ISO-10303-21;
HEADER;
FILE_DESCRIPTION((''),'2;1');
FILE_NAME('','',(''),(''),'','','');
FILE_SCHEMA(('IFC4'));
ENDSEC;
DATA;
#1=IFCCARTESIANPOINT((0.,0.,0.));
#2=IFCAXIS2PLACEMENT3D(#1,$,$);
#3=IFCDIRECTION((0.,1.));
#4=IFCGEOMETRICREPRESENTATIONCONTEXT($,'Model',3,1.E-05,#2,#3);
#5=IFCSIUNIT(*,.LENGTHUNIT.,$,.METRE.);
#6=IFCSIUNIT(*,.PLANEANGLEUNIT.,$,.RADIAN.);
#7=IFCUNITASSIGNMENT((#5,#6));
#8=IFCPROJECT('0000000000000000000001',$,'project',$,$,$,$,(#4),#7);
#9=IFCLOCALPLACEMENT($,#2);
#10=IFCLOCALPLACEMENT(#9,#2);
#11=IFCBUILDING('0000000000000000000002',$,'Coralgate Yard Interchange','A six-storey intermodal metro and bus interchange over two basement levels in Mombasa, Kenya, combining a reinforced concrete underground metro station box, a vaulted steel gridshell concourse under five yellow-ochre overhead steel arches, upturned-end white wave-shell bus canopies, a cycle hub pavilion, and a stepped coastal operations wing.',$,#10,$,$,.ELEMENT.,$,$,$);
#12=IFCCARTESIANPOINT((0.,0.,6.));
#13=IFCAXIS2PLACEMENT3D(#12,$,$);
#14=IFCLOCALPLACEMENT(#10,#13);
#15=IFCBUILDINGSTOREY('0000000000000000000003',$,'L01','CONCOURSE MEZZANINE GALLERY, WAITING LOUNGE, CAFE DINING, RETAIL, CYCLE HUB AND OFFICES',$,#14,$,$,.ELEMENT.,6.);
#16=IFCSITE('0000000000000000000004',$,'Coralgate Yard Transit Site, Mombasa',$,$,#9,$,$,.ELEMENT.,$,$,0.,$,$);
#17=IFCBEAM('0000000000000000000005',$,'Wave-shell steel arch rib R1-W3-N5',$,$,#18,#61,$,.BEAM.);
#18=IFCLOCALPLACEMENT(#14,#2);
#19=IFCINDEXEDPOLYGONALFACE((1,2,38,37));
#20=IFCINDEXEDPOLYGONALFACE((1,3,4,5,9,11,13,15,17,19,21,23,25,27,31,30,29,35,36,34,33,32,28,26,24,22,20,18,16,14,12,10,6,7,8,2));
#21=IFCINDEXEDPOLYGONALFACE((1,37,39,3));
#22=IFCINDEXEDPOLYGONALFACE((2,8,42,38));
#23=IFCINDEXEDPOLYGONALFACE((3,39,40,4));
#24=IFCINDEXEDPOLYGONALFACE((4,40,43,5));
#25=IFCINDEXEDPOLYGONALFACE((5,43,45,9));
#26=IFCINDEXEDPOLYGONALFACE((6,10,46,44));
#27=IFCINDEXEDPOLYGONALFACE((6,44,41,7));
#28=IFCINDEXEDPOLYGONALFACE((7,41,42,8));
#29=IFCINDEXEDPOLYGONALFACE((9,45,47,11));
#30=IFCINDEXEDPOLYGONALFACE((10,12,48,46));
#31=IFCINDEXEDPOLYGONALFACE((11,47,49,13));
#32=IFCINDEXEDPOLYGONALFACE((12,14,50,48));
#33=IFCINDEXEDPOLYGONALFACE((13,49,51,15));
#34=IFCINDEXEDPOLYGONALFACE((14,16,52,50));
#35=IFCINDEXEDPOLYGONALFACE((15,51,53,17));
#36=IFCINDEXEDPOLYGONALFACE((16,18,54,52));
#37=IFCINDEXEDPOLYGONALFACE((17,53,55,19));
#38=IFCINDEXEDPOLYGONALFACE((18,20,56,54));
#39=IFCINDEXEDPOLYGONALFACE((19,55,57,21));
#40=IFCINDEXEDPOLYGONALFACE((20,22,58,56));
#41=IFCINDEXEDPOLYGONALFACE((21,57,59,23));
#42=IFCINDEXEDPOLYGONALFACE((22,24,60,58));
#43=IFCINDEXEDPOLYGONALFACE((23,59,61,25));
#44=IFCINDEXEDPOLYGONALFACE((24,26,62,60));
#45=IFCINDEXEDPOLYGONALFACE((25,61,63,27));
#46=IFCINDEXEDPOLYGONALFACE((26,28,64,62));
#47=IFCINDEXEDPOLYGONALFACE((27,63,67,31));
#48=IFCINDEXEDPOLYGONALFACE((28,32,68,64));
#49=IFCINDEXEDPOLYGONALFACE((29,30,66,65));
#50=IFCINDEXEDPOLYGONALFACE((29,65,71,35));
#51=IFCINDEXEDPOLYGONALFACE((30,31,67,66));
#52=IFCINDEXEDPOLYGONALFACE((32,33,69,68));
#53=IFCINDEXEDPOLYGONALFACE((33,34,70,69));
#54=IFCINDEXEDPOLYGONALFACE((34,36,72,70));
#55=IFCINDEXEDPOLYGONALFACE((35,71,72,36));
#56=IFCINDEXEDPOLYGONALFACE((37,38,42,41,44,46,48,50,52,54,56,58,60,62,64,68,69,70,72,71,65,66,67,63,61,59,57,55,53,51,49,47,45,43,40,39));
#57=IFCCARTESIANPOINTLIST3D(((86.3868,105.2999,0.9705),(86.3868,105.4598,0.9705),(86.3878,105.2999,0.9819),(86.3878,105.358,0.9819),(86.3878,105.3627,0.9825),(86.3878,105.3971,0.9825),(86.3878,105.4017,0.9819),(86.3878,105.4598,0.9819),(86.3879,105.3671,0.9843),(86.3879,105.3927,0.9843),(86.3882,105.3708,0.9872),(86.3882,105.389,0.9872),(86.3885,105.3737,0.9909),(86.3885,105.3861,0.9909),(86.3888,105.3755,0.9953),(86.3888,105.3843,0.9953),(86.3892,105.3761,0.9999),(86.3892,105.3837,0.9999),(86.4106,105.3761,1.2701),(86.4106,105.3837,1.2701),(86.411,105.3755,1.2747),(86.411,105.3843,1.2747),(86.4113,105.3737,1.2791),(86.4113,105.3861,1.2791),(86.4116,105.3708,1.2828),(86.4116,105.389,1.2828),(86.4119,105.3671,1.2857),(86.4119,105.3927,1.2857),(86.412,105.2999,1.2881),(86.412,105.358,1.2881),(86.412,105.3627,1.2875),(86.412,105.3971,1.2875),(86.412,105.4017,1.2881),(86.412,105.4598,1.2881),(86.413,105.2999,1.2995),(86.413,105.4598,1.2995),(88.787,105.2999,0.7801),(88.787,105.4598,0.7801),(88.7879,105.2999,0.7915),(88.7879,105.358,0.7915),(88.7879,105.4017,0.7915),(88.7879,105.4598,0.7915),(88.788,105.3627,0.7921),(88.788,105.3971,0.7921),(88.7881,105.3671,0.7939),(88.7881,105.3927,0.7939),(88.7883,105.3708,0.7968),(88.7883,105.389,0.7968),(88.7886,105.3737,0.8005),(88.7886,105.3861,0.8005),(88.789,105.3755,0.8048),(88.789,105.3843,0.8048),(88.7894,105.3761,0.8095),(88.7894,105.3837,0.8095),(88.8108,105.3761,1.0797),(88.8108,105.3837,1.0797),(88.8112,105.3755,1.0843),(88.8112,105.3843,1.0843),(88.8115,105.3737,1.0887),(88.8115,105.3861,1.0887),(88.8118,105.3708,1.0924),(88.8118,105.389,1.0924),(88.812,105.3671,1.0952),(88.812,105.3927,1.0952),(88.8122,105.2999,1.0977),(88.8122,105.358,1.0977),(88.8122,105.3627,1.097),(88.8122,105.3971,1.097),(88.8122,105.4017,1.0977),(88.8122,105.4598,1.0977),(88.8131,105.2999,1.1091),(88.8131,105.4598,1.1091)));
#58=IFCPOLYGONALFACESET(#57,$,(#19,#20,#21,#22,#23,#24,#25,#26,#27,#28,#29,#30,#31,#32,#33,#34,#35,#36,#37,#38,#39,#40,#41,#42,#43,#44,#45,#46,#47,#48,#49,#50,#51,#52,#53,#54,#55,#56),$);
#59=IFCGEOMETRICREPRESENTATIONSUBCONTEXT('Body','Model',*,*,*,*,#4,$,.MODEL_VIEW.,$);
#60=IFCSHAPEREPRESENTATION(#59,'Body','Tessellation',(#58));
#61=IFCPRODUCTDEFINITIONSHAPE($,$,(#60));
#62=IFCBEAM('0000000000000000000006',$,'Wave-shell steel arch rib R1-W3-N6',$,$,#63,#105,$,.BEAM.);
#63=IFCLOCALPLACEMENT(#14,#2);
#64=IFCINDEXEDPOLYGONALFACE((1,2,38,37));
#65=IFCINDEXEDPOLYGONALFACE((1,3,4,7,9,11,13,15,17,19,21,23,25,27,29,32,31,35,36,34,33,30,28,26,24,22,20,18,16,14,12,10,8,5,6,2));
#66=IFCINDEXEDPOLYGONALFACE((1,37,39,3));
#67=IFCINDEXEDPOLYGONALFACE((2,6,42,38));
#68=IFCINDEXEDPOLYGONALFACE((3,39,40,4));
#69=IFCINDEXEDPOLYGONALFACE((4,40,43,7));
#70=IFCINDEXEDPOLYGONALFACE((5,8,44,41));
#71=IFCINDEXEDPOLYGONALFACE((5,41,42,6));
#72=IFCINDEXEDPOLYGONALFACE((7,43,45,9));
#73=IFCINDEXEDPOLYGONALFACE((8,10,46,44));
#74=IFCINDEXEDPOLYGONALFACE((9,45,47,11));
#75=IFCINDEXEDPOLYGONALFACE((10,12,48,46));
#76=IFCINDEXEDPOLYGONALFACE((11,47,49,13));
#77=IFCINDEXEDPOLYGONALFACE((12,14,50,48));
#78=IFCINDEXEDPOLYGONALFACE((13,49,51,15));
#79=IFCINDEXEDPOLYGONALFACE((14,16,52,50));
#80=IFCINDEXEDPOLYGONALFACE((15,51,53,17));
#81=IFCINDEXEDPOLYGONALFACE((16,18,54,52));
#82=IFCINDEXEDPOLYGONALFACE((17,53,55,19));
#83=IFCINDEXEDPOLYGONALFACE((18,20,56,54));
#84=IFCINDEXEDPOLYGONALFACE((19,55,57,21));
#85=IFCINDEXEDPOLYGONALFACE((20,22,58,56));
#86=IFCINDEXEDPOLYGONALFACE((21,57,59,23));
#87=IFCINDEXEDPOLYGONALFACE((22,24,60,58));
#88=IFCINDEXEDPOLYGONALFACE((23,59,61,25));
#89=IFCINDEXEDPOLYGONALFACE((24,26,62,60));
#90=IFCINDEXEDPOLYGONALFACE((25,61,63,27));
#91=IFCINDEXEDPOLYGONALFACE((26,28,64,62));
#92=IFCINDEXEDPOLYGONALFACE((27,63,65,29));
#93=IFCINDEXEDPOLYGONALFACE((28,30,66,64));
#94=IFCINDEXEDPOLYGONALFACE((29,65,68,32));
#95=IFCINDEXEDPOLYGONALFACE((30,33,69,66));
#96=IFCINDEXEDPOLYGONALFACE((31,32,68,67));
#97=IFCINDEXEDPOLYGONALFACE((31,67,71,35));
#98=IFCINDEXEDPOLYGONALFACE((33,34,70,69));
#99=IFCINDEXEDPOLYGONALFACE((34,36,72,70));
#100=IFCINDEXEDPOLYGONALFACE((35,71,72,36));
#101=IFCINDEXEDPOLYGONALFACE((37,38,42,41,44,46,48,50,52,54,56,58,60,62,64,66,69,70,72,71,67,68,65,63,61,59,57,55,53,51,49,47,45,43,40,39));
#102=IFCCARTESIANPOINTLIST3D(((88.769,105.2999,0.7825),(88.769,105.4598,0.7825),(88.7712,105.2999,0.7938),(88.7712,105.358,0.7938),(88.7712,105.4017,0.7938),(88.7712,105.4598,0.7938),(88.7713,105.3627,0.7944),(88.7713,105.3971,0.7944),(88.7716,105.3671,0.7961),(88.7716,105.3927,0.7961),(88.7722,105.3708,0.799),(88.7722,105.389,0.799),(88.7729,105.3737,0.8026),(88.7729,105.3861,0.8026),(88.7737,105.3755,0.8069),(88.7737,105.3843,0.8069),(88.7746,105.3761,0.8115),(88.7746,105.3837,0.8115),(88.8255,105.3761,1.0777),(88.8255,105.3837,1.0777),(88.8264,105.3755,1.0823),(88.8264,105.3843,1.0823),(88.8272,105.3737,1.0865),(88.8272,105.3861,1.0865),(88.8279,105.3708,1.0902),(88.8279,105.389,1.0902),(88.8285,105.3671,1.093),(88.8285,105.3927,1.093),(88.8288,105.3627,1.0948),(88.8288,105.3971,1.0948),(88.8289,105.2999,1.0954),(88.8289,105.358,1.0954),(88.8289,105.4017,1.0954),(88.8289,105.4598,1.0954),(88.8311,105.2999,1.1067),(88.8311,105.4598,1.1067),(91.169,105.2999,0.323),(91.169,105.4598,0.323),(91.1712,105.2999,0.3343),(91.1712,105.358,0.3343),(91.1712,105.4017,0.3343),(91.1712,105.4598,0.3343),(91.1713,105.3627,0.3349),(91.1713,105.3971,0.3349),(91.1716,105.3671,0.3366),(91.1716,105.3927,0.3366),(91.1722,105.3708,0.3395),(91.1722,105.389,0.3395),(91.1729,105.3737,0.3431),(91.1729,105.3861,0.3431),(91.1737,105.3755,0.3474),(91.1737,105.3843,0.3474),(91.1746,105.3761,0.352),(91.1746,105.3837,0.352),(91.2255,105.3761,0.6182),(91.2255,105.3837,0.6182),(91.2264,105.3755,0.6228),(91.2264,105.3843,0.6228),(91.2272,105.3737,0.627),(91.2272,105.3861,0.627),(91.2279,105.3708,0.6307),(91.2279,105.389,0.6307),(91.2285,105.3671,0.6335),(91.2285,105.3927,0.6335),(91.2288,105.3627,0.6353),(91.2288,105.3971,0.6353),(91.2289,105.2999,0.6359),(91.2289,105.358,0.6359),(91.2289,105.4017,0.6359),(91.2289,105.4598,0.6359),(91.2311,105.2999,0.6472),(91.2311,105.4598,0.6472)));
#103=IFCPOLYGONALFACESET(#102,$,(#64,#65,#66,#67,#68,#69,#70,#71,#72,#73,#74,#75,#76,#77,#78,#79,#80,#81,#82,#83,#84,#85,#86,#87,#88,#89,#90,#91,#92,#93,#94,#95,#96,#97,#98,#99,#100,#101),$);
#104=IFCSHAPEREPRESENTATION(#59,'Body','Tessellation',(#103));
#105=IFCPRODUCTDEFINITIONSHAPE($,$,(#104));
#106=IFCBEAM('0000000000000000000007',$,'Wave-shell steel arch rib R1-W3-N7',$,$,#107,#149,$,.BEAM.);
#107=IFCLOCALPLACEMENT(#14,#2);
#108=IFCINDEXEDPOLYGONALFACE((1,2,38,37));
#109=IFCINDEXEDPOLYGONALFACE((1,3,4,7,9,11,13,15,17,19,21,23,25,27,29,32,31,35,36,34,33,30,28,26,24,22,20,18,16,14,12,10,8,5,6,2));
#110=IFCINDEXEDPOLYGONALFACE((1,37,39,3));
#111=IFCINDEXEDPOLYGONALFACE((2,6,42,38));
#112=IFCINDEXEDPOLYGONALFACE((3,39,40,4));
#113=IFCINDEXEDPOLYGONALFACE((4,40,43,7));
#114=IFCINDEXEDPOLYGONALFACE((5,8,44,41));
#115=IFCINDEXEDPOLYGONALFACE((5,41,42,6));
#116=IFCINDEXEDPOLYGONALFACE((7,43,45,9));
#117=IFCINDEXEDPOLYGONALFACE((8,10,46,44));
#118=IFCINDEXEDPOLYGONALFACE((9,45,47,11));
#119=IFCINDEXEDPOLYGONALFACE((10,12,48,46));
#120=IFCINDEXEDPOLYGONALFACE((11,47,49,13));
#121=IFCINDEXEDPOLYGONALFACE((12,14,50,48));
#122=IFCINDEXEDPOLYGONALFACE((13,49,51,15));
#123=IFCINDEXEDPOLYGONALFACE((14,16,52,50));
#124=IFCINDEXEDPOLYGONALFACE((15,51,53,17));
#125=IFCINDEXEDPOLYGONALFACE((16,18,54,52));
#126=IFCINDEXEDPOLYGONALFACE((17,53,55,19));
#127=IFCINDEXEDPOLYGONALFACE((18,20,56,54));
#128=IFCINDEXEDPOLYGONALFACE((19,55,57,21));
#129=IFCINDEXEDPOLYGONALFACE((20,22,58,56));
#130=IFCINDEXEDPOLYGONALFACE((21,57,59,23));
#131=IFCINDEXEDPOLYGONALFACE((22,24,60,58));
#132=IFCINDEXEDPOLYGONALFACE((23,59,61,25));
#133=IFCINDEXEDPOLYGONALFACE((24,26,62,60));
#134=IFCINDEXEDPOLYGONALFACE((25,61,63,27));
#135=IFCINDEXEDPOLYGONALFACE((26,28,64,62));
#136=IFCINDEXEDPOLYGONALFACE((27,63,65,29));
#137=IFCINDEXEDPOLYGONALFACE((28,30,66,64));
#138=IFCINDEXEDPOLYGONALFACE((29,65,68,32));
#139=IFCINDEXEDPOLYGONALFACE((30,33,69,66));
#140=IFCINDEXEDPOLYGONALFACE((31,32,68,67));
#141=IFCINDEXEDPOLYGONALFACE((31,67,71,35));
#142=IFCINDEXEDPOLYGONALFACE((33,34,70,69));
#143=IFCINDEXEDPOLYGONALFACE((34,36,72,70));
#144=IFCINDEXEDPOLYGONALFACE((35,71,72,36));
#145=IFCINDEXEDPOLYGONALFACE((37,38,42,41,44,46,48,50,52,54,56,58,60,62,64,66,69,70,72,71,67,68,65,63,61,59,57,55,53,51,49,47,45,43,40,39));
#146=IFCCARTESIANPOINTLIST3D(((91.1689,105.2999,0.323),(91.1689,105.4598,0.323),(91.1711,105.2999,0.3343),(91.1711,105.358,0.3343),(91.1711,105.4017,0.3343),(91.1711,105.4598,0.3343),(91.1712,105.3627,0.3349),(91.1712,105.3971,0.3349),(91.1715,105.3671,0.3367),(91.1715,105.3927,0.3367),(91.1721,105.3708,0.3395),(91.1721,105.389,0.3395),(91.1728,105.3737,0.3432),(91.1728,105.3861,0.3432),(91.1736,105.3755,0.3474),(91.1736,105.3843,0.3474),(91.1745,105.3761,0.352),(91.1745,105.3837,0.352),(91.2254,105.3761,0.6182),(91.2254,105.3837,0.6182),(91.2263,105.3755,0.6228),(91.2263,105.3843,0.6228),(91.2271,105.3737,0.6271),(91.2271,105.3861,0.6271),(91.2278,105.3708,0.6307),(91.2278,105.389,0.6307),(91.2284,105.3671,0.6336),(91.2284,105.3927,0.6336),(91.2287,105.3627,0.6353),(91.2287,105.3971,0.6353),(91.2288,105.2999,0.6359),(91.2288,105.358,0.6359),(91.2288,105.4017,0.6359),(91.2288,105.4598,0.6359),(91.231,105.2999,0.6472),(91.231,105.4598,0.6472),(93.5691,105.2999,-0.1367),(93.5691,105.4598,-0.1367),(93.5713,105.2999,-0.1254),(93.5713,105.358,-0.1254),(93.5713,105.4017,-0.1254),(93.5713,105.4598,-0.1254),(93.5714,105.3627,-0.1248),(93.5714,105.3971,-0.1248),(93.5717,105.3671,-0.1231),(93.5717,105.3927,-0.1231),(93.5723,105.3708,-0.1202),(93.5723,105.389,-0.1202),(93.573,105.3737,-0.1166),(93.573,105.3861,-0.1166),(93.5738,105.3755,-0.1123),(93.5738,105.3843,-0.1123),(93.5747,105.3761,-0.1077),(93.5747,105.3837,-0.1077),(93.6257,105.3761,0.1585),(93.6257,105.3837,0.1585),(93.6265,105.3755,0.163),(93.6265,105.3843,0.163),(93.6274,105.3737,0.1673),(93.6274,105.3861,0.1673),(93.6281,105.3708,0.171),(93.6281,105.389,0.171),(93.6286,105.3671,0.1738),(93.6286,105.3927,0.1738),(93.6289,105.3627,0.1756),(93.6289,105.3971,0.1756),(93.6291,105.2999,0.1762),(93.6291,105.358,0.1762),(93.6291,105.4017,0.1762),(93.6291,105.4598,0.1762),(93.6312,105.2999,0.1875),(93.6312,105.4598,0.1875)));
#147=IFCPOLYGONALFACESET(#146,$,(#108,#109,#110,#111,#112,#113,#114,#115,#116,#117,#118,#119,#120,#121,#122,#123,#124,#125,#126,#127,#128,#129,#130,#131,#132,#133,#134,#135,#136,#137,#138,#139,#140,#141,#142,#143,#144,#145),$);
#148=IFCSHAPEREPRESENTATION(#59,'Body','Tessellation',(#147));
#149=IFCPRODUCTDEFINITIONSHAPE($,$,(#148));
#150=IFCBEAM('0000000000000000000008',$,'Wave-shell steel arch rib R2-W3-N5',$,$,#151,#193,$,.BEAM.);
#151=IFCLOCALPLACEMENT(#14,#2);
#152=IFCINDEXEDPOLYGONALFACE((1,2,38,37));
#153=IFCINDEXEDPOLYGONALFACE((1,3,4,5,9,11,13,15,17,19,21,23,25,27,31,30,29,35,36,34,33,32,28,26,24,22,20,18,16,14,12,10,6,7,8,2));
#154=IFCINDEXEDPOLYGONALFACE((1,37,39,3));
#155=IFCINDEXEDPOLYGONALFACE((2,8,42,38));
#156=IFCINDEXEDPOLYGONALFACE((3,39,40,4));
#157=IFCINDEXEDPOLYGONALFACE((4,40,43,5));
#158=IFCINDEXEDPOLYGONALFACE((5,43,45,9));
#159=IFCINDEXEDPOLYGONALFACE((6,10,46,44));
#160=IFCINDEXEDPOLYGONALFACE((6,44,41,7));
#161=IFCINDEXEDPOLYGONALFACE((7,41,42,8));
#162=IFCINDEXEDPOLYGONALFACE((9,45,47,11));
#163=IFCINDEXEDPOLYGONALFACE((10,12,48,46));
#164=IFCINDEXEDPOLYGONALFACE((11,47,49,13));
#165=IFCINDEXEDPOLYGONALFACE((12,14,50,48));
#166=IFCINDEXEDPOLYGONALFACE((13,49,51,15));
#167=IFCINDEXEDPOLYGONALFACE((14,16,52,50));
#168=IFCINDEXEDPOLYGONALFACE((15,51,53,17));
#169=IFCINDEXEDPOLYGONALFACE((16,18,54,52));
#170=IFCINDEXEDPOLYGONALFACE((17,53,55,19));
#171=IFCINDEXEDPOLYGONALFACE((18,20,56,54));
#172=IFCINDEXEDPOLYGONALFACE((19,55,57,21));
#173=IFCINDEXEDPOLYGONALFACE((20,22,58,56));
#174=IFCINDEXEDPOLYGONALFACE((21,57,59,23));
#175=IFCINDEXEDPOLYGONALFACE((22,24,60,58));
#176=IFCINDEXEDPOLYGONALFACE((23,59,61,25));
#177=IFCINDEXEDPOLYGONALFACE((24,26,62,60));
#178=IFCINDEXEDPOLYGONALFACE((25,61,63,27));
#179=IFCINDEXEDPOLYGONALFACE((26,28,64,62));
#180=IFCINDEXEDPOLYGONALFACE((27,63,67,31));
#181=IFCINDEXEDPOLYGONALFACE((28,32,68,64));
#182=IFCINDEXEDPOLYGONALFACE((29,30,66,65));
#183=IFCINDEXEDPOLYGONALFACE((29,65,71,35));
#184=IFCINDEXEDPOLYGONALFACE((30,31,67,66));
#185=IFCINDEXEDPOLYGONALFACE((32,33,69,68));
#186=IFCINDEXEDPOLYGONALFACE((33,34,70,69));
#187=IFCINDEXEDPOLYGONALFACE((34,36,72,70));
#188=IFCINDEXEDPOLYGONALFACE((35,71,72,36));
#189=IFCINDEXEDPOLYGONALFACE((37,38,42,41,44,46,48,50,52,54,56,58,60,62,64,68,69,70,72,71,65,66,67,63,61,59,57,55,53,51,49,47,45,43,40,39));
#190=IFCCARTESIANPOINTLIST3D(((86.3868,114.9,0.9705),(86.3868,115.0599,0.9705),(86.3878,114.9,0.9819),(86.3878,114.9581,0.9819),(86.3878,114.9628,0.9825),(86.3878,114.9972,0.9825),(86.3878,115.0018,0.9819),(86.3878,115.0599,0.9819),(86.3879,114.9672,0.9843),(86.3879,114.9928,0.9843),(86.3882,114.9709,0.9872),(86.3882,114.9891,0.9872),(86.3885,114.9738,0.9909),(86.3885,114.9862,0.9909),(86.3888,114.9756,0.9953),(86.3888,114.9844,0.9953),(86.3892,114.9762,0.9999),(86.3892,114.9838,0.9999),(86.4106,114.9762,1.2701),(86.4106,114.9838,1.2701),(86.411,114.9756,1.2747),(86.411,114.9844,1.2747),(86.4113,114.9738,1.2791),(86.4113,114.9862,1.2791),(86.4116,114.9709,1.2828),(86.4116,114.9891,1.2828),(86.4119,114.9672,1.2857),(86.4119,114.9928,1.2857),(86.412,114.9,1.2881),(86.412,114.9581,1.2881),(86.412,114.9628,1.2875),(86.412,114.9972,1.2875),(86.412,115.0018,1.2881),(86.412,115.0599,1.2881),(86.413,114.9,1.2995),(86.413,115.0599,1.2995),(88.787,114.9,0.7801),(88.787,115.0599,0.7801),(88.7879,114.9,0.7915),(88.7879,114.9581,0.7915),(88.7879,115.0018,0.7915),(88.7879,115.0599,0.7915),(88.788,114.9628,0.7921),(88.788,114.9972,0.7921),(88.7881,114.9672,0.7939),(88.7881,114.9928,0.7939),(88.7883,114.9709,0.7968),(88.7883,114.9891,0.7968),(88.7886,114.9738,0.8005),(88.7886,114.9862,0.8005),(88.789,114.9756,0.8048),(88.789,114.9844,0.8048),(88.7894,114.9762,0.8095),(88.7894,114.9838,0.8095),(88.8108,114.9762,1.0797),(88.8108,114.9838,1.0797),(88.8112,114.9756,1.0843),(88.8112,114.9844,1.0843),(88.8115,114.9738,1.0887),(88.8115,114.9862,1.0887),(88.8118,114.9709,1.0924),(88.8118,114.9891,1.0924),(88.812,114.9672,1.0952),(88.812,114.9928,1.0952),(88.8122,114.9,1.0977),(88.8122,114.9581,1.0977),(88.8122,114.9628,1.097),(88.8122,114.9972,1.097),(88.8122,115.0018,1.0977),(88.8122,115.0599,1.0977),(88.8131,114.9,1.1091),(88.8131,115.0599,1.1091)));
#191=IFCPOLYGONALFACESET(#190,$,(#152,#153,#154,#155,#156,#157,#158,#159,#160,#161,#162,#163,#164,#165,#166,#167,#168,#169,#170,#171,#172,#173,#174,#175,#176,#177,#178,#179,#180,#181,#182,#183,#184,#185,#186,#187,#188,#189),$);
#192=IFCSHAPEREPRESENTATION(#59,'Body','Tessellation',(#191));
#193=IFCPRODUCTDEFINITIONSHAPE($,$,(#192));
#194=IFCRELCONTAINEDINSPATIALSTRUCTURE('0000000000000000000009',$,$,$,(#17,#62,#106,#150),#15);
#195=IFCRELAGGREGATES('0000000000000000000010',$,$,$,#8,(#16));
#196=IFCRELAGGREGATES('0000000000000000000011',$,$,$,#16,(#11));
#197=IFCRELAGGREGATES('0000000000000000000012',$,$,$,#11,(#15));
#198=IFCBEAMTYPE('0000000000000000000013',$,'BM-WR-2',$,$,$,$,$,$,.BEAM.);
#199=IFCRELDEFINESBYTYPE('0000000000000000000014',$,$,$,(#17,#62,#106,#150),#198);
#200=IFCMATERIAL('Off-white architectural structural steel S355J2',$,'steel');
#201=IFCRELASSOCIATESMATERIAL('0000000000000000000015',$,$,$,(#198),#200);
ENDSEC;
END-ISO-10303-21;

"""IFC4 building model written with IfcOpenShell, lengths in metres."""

from ifc_helpers import new_model, si_unit, direction, frame, origin, origin_2d, place, context, subcontext, project, spatial, i_section, extrude, material, material_profile, profile_set, type_object, element, save


model = new_model("IFC4")

# Units and contexts
model_context = context("Model", 3, precision=1e-05, world=origin(), true_north=direction((0.0, 1.0)))
body_context = subcontext(model_context, "Body", "Model", "MODEL_VIEW")
ifc_project = project(units=[si_unit("LENGTHUNIT", "METRE"), si_unit("PLANEANGLEUNIT", "RADIAN")], contexts=[model_context])

# Site, building, storey
site_placement = place(None, origin())
site = spatial("IfcSite", under=ifc_project, at=site_placement, Name="Coralgate Yard Transit Site, Mombasa", CompositionType="ELEMENT", RefElevation=0.0)
building_placement = place(site_placement, origin())
building = spatial("IfcBuilding", under=site, at=building_placement, Name="Coralgate Yard Interchange", Description="A six-storey intermodal metro and bus interchange over two basement levels in Mombasa, Kenya, combining a reinforced concrete underground metro station box, a vaulted steel gridshell concourse under five yellow-ochre overhead steel arches, upturned-end white wave-shell bus canopies, a cycle hub pavilion, and a stepped coastal operations wing.", CompositionType="ELEMENT")
storey_placement = place(building_placement, frame((0.0, 0.0, 6.0)))
storey = spatial("IfcBuildingStorey", under=building, at=storey_placement, Name="L01", Description="CONCOURSE MEZZANINE GALLERY, WAITING LOUNGE, CAFE DINING, RETAIL, CYCLE HUB AND OFFICES", CompositionType="ELEMENT", Elevation=6.0)

# Beams
ifc_material_1 = material(Name="Off-white architectural structural steel S355J2", Category="steel")
ifc_material_profile_1 = material_profile(ifc_material_1, i_section(OverallWidth=0.1599, OverallDepth=0.3301, WebThickness=0.0076, FlangeThickness=0.0115, FilletRadius=0.0181, at=origin_2d()), Name="IPE 330")
ifc_profile_set_1 = profile_set([ifc_material_profile_1], Name="Off-white architectural structural steel S355J2")
beam_type_1 = type_object("IfcBeamType", Name="BM-WR-2", PredefinedType="BEAM", material=ifc_profile_set_1)
beam_1_placement = place(storey_placement, frame((86.3999, 105.3799, 1.135), z_axis=(0.996867, 0.0, -0.079092), x_axis=(0.0, 1.0, 0.0)))
element("IfcBeam", 1, at=beam_1_placement, inside=storey, type_object=beam_type_1, Name="Wave-shell steel arch rib R1-W3-N5", PredefinedType="BEAM", context=body_context, shape_type="SweptSolid", body=[
    extrude(i_section(OverallWidth=0.1599, OverallDepth=0.3301, WebThickness=0.0076, FlangeThickness=0.0115, FilletRadius=0.0181, at=origin_2d()), origin(), (0.0, 0.0, 1.0), 2.4077),
])
beam_2_placement = place(storey_placement, frame((88.8, 105.3799, 0.9446), z_axis=(0.982161, 0.0, -0.188039), x_axis=(0.0, 1.0, 0.0)))
element("IfcBeam", 2, at=beam_2_placement, inside=storey, type_object=beam_type_1, Name="Wave-shell steel arch rib R1-W3-N6", PredefinedType="BEAM", context=body_context, shape_type="SweptSolid", body=[
    extrude(i_section(OverallWidth=0.1599, OverallDepth=0.3301, WebThickness=0.0076, FlangeThickness=0.0115, FilletRadius=0.0181, at=origin_2d()), origin(), (0.0, 0.0, 1.0), 2.4436),
])
beam_3_placement = place(storey_placement, frame((91.2, 105.3799, 0.4851), z_axis=(0.982147, 0.0, -0.188117), x_axis=(0.0, 1.0, 0.0)))
element("IfcBeam", 3, at=beam_3_placement, inside=storey, type_object=beam_type_1, Name="Wave-shell steel arch rib R1-W3-N7", PredefinedType="BEAM", context=body_context, shape_type="SweptSolid", body=[
    extrude(i_section(OverallWidth=0.1599, OverallDepth=0.3301, WebThickness=0.0076, FlangeThickness=0.0115, FilletRadius=0.0181, at=origin_2d()), origin(), (0.0, 0.0, 1.0), 2.4438),
])
beam_4_placement = place(storey_placement, frame((86.3999, 114.98, 1.135), z_axis=(0.996867, 0.0, -0.079092), x_axis=(0.0, 1.0, 0.0)))
element("IfcBeam", 4, at=beam_4_placement, inside=storey, type_object=beam_type_1, Name="Wave-shell steel arch rib R2-W3-N5", PredefinedType="BEAM", context=body_context, shape_type="SweptSolid", body=[
    extrude(i_section(OverallWidth=0.1599, OverallDepth=0.3301, WebThickness=0.0076, FlangeThickness=0.0115, FilletRadius=0.0181, at=origin_2d()), origin(), (0.0, 0.0, 1.0), 2.4077),
])

save(model, "model.ifc")
